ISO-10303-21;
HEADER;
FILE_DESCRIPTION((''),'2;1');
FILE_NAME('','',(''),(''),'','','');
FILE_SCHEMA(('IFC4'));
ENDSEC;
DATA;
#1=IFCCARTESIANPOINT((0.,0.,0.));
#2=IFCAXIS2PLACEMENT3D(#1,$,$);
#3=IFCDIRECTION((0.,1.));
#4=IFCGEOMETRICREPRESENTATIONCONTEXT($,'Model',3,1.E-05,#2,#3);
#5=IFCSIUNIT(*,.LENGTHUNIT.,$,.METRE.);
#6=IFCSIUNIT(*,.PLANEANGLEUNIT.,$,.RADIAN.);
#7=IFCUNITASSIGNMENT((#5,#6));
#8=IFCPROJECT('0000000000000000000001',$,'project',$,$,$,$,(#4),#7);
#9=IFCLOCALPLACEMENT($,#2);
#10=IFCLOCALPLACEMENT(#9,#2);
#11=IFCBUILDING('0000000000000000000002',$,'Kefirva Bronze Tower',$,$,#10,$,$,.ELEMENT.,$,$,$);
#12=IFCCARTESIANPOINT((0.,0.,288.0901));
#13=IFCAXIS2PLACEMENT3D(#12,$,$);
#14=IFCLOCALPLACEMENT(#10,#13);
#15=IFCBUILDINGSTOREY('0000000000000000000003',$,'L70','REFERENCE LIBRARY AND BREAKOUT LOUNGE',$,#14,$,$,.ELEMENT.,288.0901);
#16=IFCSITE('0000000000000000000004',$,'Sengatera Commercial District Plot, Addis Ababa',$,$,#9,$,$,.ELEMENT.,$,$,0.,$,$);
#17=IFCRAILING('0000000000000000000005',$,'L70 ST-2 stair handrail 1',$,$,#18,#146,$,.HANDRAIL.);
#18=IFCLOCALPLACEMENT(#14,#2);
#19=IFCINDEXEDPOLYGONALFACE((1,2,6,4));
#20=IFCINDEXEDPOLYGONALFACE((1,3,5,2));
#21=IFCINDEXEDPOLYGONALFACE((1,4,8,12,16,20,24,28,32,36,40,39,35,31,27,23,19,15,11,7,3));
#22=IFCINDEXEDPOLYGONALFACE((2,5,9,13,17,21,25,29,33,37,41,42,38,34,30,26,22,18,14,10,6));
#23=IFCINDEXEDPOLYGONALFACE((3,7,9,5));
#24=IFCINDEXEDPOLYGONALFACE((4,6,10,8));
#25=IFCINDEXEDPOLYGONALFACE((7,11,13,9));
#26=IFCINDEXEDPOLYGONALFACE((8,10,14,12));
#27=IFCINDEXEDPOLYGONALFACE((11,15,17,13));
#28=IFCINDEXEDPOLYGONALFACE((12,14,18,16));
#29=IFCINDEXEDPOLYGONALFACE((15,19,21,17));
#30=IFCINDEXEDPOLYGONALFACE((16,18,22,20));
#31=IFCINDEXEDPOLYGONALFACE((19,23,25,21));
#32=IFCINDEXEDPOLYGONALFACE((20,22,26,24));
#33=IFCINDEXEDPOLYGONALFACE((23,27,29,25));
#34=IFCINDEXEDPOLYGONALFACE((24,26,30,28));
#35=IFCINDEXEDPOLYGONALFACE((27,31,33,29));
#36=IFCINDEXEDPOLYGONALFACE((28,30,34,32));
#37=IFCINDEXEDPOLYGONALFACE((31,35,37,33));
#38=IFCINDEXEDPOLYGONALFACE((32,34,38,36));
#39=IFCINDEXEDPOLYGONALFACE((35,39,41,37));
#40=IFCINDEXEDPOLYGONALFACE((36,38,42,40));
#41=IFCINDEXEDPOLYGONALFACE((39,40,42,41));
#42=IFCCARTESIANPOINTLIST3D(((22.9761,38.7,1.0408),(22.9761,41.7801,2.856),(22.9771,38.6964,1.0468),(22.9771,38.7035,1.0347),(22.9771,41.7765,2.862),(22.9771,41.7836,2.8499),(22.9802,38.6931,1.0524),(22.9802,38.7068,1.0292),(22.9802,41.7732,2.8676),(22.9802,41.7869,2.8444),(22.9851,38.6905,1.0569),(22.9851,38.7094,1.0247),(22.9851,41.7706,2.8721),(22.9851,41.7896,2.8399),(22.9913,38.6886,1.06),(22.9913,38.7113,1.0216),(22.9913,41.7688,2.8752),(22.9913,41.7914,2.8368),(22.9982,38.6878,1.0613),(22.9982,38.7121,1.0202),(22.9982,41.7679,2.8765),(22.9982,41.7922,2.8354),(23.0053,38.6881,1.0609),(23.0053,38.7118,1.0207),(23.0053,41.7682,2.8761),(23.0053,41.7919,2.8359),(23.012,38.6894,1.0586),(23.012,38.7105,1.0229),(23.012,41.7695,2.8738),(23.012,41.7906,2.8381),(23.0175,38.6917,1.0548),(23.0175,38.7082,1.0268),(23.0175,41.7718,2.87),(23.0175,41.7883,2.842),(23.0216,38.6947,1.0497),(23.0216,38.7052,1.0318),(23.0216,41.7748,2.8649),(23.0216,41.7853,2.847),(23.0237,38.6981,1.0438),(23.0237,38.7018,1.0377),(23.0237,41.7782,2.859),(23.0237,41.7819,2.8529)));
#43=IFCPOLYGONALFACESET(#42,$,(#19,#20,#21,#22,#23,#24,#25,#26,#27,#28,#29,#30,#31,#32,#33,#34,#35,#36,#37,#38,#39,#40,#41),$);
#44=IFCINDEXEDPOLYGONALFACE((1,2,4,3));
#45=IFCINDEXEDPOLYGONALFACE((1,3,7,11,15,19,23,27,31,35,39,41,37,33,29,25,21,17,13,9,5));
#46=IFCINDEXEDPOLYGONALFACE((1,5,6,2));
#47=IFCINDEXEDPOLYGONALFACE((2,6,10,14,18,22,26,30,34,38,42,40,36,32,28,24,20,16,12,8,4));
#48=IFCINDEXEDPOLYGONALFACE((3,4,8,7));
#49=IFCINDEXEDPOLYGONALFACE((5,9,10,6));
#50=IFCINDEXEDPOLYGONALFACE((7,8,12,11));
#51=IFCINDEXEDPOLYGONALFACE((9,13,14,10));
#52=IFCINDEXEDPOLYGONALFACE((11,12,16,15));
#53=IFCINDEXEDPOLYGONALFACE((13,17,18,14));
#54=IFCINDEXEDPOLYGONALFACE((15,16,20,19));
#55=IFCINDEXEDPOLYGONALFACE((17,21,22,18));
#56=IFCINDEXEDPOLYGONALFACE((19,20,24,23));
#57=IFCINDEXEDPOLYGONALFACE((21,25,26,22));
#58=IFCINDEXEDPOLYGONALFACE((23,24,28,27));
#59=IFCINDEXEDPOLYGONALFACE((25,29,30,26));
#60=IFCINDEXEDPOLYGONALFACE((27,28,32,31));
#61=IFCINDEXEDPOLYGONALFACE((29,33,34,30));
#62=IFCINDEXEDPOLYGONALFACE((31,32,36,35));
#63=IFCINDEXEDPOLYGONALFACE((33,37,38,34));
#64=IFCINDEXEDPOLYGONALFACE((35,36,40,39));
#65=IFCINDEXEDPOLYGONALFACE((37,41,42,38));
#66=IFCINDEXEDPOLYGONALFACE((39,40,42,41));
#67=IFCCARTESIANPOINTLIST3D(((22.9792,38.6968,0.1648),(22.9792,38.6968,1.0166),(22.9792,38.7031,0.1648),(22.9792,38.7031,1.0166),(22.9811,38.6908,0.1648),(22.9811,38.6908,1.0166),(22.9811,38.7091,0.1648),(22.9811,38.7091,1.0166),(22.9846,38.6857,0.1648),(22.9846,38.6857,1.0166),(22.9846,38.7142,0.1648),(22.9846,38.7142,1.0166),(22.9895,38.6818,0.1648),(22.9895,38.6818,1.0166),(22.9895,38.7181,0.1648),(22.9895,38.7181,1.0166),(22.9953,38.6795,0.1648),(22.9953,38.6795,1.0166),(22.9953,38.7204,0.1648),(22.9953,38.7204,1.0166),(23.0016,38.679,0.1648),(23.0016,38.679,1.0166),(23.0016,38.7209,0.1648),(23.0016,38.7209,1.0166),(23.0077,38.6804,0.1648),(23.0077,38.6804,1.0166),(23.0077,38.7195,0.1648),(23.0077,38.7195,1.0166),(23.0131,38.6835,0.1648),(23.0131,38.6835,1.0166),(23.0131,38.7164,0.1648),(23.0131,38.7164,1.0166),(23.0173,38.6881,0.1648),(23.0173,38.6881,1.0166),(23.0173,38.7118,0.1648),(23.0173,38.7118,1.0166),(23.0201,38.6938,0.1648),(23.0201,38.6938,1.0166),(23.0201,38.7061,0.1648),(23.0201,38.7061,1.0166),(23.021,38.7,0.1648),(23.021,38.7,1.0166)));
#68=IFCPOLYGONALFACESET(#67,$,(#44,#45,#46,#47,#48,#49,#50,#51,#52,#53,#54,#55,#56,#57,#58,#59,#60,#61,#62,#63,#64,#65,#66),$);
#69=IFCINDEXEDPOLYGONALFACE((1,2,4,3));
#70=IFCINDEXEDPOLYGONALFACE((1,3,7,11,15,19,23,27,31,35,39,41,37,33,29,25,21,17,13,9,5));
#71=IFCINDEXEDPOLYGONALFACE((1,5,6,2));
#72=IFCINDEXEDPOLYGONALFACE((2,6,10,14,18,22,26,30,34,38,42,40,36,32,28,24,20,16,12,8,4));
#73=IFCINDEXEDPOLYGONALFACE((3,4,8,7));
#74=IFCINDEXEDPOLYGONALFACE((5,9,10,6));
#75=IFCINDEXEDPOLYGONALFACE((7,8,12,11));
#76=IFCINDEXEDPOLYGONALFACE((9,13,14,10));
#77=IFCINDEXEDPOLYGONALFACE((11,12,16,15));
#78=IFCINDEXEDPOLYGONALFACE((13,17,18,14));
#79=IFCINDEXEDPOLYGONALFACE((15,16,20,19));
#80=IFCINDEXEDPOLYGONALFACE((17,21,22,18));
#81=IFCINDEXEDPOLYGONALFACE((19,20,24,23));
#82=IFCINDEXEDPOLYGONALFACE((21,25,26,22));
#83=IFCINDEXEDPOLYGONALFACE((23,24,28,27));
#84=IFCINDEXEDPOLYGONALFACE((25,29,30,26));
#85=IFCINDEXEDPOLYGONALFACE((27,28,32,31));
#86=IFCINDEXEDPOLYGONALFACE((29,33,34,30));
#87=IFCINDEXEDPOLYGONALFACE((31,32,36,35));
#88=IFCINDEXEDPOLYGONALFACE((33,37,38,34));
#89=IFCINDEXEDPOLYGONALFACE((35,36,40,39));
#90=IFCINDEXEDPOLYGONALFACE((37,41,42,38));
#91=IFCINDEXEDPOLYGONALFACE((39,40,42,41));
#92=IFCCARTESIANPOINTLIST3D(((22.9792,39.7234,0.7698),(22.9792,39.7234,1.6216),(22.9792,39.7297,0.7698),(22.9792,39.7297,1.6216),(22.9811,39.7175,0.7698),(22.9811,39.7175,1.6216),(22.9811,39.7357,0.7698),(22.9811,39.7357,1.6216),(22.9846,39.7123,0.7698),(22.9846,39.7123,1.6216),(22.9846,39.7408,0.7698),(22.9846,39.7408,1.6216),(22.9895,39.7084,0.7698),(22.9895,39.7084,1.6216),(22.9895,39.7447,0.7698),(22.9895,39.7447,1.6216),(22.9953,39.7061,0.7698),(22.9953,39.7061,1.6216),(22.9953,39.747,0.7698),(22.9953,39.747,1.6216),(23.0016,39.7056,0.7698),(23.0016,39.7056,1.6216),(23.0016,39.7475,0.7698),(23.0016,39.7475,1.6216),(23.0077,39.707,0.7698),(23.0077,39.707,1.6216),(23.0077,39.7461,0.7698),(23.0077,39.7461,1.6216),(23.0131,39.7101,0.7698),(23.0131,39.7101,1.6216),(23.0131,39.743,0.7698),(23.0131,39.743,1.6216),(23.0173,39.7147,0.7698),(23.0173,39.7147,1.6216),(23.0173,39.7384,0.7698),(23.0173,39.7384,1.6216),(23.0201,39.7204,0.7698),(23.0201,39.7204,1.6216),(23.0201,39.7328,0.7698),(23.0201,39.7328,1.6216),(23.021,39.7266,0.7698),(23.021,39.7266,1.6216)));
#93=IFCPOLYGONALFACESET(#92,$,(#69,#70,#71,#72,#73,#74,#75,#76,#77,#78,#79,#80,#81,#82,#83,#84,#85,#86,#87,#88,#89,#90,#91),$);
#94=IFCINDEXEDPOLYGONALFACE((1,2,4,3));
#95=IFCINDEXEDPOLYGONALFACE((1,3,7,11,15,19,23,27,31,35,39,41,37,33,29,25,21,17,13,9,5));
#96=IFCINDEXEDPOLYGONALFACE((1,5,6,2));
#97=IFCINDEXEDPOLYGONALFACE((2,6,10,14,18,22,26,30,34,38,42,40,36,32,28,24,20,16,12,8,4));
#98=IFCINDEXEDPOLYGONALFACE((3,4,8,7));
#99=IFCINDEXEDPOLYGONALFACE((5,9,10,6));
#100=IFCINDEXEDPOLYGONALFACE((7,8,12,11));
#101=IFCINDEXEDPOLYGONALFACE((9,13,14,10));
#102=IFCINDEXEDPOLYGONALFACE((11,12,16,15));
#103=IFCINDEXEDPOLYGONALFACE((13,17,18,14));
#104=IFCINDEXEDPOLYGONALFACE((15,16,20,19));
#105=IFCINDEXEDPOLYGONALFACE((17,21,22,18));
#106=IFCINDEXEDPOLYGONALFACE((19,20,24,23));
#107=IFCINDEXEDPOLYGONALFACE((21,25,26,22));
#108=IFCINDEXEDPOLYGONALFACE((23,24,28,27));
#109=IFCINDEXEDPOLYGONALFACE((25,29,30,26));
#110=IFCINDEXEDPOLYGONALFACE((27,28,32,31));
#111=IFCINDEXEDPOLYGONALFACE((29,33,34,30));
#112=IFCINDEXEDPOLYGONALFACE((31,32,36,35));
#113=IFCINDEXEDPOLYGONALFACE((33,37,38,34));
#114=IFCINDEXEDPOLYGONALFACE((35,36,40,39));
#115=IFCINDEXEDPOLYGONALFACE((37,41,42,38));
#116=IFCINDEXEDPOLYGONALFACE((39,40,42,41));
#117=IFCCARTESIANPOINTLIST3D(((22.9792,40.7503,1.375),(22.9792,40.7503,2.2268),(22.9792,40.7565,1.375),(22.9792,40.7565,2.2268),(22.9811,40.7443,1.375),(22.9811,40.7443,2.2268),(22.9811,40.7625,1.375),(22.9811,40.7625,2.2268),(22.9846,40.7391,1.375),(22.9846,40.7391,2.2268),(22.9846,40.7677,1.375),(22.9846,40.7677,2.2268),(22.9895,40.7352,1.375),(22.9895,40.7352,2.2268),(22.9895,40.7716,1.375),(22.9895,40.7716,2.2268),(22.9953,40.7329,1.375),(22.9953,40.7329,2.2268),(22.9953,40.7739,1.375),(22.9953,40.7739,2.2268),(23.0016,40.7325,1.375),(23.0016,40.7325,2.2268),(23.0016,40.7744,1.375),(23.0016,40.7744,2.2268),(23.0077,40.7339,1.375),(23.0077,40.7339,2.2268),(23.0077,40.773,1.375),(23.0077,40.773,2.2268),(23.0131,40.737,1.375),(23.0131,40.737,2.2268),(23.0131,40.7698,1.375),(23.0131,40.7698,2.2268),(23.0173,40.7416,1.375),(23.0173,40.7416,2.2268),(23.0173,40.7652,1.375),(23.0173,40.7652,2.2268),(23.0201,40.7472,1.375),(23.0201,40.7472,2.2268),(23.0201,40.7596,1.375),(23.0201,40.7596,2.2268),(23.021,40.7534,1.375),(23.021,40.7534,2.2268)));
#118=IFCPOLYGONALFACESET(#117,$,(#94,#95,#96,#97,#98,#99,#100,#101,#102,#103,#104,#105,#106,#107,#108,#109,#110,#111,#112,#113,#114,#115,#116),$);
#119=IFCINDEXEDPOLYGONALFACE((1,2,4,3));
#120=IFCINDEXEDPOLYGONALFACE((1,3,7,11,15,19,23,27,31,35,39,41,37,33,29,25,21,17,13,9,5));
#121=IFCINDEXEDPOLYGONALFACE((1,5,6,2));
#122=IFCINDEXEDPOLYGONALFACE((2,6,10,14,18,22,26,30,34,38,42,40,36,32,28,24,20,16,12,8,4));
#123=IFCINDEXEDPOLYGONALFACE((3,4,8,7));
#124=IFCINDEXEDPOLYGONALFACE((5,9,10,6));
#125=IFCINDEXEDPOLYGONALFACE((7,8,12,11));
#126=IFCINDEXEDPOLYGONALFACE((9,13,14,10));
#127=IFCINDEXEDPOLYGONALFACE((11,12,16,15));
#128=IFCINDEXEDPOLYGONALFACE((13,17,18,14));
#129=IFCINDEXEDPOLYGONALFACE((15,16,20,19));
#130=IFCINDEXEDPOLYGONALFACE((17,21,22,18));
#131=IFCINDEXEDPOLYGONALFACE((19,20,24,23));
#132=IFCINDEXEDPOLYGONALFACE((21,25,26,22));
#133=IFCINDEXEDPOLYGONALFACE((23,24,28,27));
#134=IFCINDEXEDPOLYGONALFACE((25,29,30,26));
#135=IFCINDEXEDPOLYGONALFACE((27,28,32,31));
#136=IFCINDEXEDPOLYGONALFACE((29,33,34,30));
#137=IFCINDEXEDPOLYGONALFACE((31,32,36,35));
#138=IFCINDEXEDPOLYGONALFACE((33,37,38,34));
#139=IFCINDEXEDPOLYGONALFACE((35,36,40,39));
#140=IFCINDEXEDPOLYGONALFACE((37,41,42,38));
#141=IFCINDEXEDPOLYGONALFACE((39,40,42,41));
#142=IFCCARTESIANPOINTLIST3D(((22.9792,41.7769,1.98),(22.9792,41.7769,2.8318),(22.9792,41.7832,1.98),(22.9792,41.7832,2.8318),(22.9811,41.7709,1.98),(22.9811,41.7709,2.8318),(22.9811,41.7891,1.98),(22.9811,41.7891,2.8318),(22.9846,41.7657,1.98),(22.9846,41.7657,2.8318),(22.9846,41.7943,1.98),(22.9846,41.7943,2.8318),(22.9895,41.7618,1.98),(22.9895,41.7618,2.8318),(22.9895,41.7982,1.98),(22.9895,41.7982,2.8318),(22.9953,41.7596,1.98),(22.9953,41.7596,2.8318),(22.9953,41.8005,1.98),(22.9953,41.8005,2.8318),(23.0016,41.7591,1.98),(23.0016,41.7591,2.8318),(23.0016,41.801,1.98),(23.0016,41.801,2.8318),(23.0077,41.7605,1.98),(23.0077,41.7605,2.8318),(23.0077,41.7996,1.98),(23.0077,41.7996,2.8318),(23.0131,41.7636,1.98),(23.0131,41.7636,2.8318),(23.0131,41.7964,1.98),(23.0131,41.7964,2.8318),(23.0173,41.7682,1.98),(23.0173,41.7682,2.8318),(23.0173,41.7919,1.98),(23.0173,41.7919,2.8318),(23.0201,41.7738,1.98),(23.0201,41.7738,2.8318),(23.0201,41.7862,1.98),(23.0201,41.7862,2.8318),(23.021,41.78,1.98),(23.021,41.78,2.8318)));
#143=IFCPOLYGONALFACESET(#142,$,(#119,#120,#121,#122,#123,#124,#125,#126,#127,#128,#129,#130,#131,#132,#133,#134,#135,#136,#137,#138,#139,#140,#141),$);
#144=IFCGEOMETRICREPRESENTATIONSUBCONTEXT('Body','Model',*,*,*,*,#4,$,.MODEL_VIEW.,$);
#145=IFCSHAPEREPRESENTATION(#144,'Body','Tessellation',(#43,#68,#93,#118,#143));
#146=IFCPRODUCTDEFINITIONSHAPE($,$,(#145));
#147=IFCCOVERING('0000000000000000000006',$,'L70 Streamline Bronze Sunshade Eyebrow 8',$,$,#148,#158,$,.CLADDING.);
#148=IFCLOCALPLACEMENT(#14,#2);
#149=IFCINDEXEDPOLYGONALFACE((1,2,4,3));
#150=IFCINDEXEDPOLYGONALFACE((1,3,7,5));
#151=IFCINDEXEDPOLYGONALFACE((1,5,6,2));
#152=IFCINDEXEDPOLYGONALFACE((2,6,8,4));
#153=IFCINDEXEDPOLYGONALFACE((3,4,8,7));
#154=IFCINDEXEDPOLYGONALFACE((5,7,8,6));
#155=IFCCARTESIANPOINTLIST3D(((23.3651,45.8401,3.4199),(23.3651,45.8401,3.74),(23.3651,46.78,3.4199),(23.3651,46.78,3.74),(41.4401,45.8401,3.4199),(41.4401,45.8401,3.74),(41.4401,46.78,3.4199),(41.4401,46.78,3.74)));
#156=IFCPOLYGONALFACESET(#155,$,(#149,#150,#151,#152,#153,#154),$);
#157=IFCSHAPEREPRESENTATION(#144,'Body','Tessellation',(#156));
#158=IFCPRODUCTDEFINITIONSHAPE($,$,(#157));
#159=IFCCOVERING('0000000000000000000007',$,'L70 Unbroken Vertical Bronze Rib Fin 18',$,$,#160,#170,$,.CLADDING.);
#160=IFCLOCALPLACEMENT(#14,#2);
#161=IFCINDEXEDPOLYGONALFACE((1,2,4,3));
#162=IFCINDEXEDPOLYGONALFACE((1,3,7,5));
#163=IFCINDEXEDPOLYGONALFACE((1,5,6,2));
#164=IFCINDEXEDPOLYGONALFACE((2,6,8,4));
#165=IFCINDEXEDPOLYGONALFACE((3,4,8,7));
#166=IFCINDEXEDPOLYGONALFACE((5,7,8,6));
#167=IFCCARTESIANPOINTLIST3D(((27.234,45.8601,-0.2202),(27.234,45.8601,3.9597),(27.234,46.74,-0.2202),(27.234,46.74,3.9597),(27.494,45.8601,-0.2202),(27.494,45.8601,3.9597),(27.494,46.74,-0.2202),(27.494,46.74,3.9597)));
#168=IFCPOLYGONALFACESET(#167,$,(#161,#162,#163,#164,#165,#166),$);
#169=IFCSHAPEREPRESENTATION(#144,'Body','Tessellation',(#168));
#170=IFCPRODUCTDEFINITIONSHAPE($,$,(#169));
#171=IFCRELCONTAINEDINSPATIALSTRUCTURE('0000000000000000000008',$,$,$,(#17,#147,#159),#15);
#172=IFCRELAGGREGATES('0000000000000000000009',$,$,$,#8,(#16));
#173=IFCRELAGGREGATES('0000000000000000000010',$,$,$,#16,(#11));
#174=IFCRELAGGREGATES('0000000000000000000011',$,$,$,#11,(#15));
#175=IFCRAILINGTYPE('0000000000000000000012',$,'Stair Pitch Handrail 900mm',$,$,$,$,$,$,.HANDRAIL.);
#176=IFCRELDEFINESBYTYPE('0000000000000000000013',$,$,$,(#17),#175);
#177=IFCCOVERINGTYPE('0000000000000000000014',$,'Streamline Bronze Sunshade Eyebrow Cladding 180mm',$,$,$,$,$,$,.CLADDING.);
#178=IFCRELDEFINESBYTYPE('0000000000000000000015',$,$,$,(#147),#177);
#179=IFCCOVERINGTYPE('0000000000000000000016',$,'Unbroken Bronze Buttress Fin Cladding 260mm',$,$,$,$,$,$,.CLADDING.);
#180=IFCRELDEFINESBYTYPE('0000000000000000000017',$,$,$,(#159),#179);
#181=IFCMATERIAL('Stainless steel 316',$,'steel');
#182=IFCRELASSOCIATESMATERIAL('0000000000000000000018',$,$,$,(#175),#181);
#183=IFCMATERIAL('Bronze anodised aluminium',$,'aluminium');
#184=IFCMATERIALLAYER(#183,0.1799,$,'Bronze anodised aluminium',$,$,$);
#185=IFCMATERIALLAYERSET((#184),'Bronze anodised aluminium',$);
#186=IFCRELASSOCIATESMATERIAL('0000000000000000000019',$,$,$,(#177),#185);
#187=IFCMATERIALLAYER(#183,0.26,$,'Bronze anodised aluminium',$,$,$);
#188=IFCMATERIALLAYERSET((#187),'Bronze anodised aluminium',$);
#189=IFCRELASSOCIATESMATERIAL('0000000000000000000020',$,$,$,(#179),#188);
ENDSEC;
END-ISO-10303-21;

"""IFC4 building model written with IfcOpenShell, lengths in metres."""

from ifc_helpers import new_model, si_unit, direction, frame, origin, origin_2d, place, context, subcontext, project, spatial, rectangle, circle, extrude, material, layer, layer_set, type_object, element, save


model = new_model("IFC4")

# Units and contexts
model_context = context("Model", 3, precision=1e-05, world=origin(), true_north=direction((0.0, 1.0)))
body_context = subcontext(model_context, "Body", "Model", "MODEL_VIEW")
ifc_project = project(units=[si_unit("LENGTHUNIT", "METRE"), si_unit("PLANEANGLEUNIT", "RADIAN")], contexts=[model_context])

# Site, building, storey
site_placement = place(None, origin())
site = spatial("IfcSite", under=ifc_project, at=site_placement, Name="Sengatera Commercial District Plot, Addis Ababa", CompositionType="ELEMENT", RefElevation=0.0)
building_placement = place(site_placement, origin())
building = spatial("IfcBuilding", under=site, at=building_placement, Name="Kefirva Bronze Tower", CompositionType="ELEMENT")
storey_placement = place(building_placement, frame((0.0, 0.0, 288.0901)))
storey = spatial("IfcBuildingStorey", under=building, at=storey_placement, Name="L70", Description="REFERENCE LIBRARY AND BREAKOUT LOUNGE", CompositionType="ELEMENT", Elevation=288.0901)

# Shared definitions
ifc_material_1 = material(Name="Bronze anodised aluminium", Category="aluminium")

# Railing
ifc_material_2 = material(Name="Stainless steel 316", Category="steel")
railing_type_1 = type_object("IfcRailingType", Name="Stair Pitch Handrail 900mm", PredefinedType="HANDRAIL", material=ifc_material_2)
railing_1_placement = place(storey_placement, frame((23.0, 38.7, 0.1648)))
element("IfcRailing", 1, at=railing_1_placement, inside=storey, type_object=railing_type_1, Name="L70 ST-2 stair handrail 1", PredefinedType="HANDRAIL", context=body_context, shape_type="SweptSolid", body=[
    extrude(circle(Radius=0.0239, at=origin_2d()), frame((0.0, 0.0, 0.876), z_axis=(0.0, 0.861521, 0.507721), x_axis=(-1.0, 0.0, 0.0)), (0.0, 0.0, 1.0), 3.5752),
    extrude(circle(Radius=0.021, at=origin_2d()), origin(), (0.0, 0.0, 1.0), 0.8518),
    extrude(circle(Radius=0.021, at=origin_2d()), frame((0.0, 1.0266, 0.605)), (0.0, 0.0, 1.0), 0.8518),
    extrude(circle(Radius=0.021, at=origin_2d()), frame((0.0, 2.0535, 1.2102)), (0.0, 0.0, 1.0), 0.8518),
    extrude(circle(Radius=0.021, at=origin_2d()), frame((0.0, 3.0801, 1.8152)), (0.0, 0.0, 1.0), 0.8518),
])

# Coverings
ifc_layer_1 = layer(ifc_material_1, 0.1799, Name="Bronze anodised aluminium")
ifc_layer_set_1 = layer_set([ifc_layer_1], Name="Bronze anodised aluminium")
covering_type_1 = type_object("IfcCoveringType", Name="Streamline Bronze Sunshade Eyebrow Cladding 180mm", PredefinedType="CLADDING", material=ifc_layer_set_1)
covering_1_placement = place(storey_placement, frame((32.4026, 46.3101, 3.4199), z_axis=(0.0, 0.0, 1.0), x_axis=(-1.0, 0.0, 0.0)))
element("IfcCovering", 2, at=covering_1_placement, inside=storey, type_object=covering_type_1, Name="L70 Streamline Bronze Sunshade Eyebrow 8", PredefinedType="CLADDING", context=body_context, shape_type="SweptSolid", body=[
    extrude(rectangle(XDim=18.075, YDim=0.9399, at=origin_2d()), origin(), (0.0, 0.0, 1.0), 0.3201),
])
ifc_layer_2 = layer(ifc_material_1, 0.26, Name="Bronze anodised aluminium")
ifc_layer_set_2 = layer_set([ifc_layer_2], Name="Bronze anodised aluminium")
covering_type_2 = type_object("IfcCoveringType", Name="Unbroken Bronze Buttress Fin Cladding 260mm", PredefinedType="CLADDING", material=ifc_layer_set_2)
covering_2_placement = place(storey_placement, frame((27.364, 46.3, -0.2202), z_axis=(0.0, 0.0, 1.0), x_axis=(-1.0, 0.0, 0.0)))
element("IfcCovering", 3, at=covering_2_placement, inside=storey, type_object=covering_type_2, Name="L70 Unbroken Vertical Bronze Rib Fin 18", PredefinedType="CLADDING", context=body_context, shape_type="SweptSolid", body=[
    extrude(rectangle(XDim=0.26, YDim=0.8799, at=origin_2d()), origin(), (0.0, 0.0, 1.0), 4.1799),
])

save(model, "model.ifc")
